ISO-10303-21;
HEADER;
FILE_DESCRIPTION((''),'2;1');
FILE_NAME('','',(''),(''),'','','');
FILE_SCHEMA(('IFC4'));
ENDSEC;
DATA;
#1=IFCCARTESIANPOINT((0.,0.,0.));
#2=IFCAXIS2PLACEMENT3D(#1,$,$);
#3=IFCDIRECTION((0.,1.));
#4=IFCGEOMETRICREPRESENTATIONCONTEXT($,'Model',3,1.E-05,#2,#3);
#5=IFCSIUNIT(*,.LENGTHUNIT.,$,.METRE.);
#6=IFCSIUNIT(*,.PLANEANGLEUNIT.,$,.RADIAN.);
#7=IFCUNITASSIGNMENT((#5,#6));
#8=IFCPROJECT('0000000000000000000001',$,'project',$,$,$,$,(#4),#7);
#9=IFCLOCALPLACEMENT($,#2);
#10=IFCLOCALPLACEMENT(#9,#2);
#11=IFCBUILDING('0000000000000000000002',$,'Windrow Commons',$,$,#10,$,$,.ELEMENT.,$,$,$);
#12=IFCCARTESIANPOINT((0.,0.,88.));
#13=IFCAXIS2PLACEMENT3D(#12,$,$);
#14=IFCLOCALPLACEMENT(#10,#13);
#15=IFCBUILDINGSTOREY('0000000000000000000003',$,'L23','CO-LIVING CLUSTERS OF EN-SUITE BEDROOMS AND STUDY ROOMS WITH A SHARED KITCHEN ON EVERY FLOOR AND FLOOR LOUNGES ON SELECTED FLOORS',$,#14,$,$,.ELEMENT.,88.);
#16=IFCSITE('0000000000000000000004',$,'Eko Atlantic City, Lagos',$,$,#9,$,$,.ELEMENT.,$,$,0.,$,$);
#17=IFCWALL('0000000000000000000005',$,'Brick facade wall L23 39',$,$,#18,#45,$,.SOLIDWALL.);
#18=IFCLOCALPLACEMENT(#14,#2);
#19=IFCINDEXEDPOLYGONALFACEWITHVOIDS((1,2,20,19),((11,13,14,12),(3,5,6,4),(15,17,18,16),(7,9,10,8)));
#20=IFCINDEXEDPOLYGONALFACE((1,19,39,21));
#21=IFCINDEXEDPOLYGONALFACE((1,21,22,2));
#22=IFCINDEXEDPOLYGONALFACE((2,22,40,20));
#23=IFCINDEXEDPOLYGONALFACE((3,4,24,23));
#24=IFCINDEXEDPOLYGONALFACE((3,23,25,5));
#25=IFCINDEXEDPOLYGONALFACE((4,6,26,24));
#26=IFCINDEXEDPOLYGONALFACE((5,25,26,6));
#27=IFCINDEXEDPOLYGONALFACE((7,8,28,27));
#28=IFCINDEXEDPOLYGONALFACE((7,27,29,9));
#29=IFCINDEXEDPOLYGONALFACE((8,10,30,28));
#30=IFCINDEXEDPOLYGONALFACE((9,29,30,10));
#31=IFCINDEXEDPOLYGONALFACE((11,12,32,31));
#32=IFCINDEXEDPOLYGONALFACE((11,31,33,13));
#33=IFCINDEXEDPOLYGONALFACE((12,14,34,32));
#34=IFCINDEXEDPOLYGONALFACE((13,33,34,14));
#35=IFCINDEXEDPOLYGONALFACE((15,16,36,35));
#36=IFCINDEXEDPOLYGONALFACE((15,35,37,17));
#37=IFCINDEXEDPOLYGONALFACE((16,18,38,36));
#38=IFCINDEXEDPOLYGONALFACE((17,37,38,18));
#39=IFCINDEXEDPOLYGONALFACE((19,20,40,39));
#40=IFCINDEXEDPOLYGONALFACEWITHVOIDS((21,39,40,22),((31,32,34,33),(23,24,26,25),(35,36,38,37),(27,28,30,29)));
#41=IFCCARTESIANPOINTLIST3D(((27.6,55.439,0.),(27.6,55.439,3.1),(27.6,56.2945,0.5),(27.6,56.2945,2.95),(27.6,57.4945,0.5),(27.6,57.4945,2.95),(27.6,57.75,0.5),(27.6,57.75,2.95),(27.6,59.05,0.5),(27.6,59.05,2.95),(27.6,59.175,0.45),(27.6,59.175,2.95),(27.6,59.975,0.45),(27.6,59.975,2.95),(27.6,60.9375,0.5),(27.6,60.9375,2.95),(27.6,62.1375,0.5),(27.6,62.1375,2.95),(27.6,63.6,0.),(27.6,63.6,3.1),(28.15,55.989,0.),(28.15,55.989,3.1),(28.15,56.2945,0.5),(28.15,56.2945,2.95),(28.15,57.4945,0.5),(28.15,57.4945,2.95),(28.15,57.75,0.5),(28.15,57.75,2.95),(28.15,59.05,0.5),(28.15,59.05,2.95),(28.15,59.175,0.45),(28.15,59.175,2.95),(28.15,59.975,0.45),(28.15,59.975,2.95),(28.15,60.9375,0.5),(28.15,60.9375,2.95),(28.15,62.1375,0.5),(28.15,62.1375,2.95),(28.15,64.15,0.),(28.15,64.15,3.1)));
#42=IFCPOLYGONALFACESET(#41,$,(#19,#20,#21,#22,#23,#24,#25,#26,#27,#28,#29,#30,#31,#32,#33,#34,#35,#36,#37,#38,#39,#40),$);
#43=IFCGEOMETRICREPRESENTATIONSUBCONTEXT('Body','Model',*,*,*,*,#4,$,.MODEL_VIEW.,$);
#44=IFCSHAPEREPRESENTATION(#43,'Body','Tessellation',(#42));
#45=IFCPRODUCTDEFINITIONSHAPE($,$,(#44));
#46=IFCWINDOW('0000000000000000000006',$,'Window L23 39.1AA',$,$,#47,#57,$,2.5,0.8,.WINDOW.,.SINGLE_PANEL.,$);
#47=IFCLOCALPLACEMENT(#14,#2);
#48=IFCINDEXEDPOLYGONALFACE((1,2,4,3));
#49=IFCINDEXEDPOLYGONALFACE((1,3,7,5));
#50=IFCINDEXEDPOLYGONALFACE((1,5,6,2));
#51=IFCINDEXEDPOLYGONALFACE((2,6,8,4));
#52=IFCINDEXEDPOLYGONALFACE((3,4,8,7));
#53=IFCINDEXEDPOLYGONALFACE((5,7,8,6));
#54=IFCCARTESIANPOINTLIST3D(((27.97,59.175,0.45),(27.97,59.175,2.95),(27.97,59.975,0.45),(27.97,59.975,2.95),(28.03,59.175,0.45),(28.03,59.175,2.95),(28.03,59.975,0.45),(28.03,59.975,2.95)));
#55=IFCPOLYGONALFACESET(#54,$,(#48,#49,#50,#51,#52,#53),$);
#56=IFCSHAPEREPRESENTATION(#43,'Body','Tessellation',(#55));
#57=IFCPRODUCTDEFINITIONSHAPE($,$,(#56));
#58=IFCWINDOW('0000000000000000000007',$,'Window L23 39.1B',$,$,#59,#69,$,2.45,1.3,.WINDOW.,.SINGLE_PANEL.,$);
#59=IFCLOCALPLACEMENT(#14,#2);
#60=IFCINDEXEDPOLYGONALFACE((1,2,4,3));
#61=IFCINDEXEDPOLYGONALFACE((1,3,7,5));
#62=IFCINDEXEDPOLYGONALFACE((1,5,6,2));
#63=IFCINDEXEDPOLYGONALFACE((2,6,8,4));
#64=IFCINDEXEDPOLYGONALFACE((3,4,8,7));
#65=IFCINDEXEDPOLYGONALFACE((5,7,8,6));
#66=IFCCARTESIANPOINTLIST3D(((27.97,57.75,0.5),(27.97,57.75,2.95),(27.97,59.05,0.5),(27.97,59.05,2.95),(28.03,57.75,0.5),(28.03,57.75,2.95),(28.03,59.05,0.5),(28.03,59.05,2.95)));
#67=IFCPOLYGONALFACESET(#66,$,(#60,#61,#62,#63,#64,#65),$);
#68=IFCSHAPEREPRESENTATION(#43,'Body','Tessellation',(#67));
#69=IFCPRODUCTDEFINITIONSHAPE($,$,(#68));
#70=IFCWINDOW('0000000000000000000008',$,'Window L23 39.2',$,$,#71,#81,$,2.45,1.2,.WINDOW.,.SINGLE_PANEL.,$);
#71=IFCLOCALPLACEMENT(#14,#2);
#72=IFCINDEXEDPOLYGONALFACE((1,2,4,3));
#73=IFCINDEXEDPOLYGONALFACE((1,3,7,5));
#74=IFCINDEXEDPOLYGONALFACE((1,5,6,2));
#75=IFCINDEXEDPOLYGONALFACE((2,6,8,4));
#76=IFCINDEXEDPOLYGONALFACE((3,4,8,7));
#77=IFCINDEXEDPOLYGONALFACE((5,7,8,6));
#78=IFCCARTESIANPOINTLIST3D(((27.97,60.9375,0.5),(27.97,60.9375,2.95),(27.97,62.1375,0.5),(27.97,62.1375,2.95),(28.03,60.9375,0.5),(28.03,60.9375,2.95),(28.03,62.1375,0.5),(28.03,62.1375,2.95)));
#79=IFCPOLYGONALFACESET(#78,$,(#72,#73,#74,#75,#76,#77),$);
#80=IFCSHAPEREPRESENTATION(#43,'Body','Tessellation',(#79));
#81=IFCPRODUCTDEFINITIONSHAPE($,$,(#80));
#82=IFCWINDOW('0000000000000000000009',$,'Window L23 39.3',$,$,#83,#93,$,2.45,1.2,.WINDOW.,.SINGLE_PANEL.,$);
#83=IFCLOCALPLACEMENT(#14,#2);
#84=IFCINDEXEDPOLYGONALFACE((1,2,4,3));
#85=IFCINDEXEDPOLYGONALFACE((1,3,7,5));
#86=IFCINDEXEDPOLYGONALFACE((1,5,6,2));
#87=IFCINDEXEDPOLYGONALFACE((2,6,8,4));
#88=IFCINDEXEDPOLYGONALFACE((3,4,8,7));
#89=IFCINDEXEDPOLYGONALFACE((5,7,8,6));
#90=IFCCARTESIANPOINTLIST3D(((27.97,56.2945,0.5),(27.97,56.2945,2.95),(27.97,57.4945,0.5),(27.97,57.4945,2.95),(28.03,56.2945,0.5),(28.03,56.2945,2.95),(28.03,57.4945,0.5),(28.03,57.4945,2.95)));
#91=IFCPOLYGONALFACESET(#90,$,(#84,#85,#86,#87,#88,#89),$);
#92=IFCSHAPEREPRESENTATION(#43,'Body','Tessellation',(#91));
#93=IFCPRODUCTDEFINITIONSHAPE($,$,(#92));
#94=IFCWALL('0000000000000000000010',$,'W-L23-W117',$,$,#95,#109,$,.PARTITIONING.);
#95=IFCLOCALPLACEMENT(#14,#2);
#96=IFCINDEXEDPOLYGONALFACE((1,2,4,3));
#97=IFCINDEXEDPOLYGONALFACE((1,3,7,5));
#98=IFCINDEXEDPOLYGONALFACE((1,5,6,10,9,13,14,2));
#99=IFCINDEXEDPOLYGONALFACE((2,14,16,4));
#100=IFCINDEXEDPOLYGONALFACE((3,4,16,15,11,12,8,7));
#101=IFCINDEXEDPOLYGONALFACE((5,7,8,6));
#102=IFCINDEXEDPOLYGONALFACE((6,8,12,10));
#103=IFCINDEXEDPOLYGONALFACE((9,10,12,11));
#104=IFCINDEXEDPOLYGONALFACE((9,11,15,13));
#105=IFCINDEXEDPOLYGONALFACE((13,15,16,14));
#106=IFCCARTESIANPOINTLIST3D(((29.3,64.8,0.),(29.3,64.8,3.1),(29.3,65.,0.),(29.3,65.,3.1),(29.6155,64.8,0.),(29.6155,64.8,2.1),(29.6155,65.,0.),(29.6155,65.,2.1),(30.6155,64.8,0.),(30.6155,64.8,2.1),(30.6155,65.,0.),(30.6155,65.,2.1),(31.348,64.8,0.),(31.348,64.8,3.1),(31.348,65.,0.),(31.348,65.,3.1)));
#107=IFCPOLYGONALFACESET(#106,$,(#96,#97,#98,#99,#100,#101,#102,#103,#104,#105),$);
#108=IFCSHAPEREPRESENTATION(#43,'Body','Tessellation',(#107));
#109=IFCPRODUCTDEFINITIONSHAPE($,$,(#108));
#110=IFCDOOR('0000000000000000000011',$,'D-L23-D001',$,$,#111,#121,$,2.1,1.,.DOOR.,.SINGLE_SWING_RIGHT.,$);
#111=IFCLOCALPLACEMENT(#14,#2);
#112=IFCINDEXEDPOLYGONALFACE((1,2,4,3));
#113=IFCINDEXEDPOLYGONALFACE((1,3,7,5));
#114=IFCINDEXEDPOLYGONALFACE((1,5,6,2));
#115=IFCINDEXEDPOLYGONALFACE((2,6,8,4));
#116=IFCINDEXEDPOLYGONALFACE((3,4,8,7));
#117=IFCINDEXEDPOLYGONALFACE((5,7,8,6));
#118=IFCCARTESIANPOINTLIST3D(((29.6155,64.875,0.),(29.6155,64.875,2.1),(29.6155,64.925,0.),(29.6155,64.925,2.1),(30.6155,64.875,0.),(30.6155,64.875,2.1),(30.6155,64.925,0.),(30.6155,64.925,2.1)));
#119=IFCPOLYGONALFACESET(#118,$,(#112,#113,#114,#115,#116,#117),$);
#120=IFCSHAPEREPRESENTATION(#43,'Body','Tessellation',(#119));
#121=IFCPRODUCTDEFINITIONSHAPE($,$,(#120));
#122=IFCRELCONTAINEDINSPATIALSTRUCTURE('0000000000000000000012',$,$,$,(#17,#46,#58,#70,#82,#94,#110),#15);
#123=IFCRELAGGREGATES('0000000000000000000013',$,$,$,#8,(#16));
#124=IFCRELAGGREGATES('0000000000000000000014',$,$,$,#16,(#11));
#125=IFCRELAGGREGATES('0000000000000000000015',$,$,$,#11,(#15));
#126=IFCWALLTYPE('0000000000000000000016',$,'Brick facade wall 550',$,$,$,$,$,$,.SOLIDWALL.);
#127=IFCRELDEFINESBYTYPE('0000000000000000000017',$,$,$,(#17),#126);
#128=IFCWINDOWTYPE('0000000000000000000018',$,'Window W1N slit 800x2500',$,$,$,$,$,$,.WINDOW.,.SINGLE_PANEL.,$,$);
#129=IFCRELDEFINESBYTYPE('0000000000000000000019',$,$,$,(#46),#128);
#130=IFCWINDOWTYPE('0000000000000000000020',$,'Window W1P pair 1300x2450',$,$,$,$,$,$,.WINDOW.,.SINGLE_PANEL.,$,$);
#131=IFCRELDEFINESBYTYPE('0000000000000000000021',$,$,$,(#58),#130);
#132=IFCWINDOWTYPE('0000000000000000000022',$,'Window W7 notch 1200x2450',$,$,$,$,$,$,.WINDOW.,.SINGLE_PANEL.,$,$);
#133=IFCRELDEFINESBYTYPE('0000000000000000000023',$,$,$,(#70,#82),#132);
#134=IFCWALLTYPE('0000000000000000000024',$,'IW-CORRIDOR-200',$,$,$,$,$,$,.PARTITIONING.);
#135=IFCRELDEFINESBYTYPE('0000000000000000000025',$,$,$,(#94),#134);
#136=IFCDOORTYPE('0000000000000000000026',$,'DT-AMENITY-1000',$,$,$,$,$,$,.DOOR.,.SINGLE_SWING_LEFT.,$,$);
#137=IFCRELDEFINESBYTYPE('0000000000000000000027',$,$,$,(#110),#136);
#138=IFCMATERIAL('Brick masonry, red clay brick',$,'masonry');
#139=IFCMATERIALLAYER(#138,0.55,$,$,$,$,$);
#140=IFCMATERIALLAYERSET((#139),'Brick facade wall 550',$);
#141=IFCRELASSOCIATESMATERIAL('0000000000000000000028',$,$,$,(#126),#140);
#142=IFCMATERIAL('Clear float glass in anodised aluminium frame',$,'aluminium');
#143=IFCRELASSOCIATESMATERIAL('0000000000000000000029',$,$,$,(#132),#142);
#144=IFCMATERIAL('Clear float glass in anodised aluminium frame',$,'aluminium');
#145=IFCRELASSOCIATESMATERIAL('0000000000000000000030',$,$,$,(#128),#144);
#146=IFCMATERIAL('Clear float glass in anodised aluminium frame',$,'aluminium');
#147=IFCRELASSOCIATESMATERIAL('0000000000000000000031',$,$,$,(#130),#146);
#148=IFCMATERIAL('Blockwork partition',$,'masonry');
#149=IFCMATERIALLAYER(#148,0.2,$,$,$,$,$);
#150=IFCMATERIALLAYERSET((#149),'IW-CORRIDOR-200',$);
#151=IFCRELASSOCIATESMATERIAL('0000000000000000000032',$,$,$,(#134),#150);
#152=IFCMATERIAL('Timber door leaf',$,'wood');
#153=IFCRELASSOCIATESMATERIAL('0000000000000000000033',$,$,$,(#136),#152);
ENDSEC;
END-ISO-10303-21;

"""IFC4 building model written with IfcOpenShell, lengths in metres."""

from ifc_helpers import new_model, si_unit, direction, frame, frame_2d, origin, place, context, subcontext, project, spatial, polyline, rectangle, outline, extrude, material, layer, layer_set, type_object, element, fill, save


model = new_model("IFC4")

# Units and contexts
model_context = context("Model", 3, precision=1e-05, world=origin(), true_north=direction((0.0, 1.0)))
body_context = subcontext(model_context, "Body", "Model", "MODEL_VIEW")
ifc_project = project(units=[si_unit("LENGTHUNIT", "METRE"), si_unit("PLANEANGLEUNIT", "RADIAN")], contexts=[model_context])

# Site, building, storey
site_placement = place(None, origin())
site = spatial("IfcSite", under=ifc_project, at=site_placement, Name="Eko Atlantic City, Lagos", CompositionType="ELEMENT", RefElevation=0.0)
building_placement = place(site_placement, origin())
building = spatial("IfcBuilding", under=site, at=building_placement, Name="Windrow Commons", CompositionType="ELEMENT")
storey_placement = place(building_placement, frame((0.0, 0.0, 88.0)))
storey = spatial("IfcBuildingStorey", under=building, at=storey_placement, Name="L23", Description="CO-LIVING CLUSTERS OF EN-SUITE BEDROOMS AND STUDY ROOMS WITH A SHARED KITCHEN ON EVERY FLOOR AND FLOOR LOUNGES ON SELECTED FLOORS", CompositionType="ELEMENT", Elevation=88.0)

# Wall, openings, windows
ifc_material_1 = material(Name="Brick masonry, red clay brick", Category="masonry")
ifc_layer_1 = layer(ifc_material_1, 0.55)
ifc_layer_set_1 = layer_set([ifc_layer_1], Name="Brick facade wall 550")
wall_type_1 = type_object("IfcWallType", Name="Brick facade wall 550", PredefinedType="SOLIDWALL", material=ifc_layer_set_1)
ifc_material_2 = material(Name="Clear float glass in anodised aluminium frame", Category="aluminium")
window_type_1 = type_object("IfcWindowType", Name="Window W7 notch 1200x2450", PartitioningType="SINGLE_PANEL", PredefinedType="WINDOW", material=ifc_material_2)
wall_1_placement = place(storey_placement, frame((27.875, 63.875, 0.0), z_axis=(0.0, 0.0, 1.0), x_axis=(0.0, -1.0, 0.0)))
wall_1 = element("IfcWall", 1, at=wall_1_placement, inside=storey, type_object=wall_type_1, Name="Brick facade wall L23 39", PredefinedType="SOLIDWALL", context=body_context, shape_type="SweptSolid", body=[
    extrude(outline(polyline([(0.275, -0.275), (8.436, -0.275), (7.886, 0.275), (-0.275, 0.275), (0.275, -0.275)])), origin(), (0.0, 0.0, 1.0), 3.1),
])
opening_1_placement = place(wall_1_placement, frame((4.825, 0.0, 0.5)))
opening_1 = element("IfcOpeningElement", 2, at=opening_1_placement, cuts=wall_1, PredefinedType="OPENING", context=body_context, shape_type="SweptSolid", body=[
    extrude(rectangle(XDim=1.3, YDim=2.45, at=frame_2d((0.65, 1.225))), frame((0.0, 0.285, 0.0), z_axis=(0.0, -1.0, 0.0), x_axis=(1.0, 0.0, 0.0)), (0.0, 0.0, 1.0), 0.57),
])
opening_2_placement = place(wall_1_placement, frame((1.7375, 0.0, 0.5)))
opening_2 = element("IfcOpeningElement", 3, at=opening_2_placement, cuts=wall_1, PredefinedType="OPENING", context=body_context, shape_type="SweptSolid", body=[
    extrude(rectangle(XDim=1.2, YDim=2.45, at=frame_2d((0.6, 1.225))), frame((0.0, 0.285, 0.0), z_axis=(0.0, -1.0, 0.0), x_axis=(1.0, 0.0, 0.0)), (0.0, 0.0, 1.0), 0.57),
])
opening_3_placement = place(wall_1_placement, frame((6.3805, 0.0, 0.5)))
opening_3 = element("IfcOpeningElement", 4, at=opening_3_placement, cuts=wall_1, PredefinedType="OPENING", context=body_context, shape_type="SweptSolid", body=[
    extrude(rectangle(XDim=1.2, YDim=2.45, at=frame_2d((0.6, 1.225))), frame((0.0, 0.285, 0.0), z_axis=(0.0, -1.0, 0.0), x_axis=(1.0, 0.0, 0.0)), (0.0, 0.0, 1.0), 0.57),
])
opening_4_placement = place(wall_1_placement, frame((3.9, 0.0, 0.45)))
opening_4 = element("IfcOpeningElement", 5, at=opening_4_placement, cuts=wall_1, PredefinedType="OPENING", context=body_context, shape_type="SweptSolid", body=[
    extrude(rectangle(XDim=0.8, YDim=2.5, at=frame_2d((0.4, 1.25))), frame((0.0, 0.285, 0.0), z_axis=(0.0, -1.0, 0.0), x_axis=(1.0, 0.0, 0.0)), (0.0, 0.0, 1.0), 0.57),
])
ifc_material_3 = material(Name="Clear float glass in anodised aluminium frame", Category="aluminium")
window_type_2 = type_object("IfcWindowType", Name="Window W1N slit 800x2500", PartitioningType="SINGLE_PANEL", PredefinedType="WINDOW", material=ifc_material_3)
window_1_placement = place(opening_4_placement, origin())
window_1 = element("IfcWindow", 6, at=window_1_placement, inside=storey, type_object=window_type_2, Name="Window L23 39.1AA", OverallHeight=2.5, OverallWidth=0.8, PartitioningType="SINGLE_PANEL", PredefinedType="WINDOW", context=body_context, shape_type="SweptSolid", body=[
    extrude(rectangle(XDim=0.8, YDim=2.5, at=frame_2d((0.4, 1.25))), frame((0.0, 0.155, 0.0), z_axis=(0.0, -1.0, 0.0), x_axis=(1.0, 0.0, 0.0)), (0.0, 0.0, 1.0), 0.06),
])
fill(opening_4, window_1)
ifc_material_4 = material(Name="Clear float glass in anodised aluminium frame", Category="aluminium")
window_type_3 = type_object("IfcWindowType", Name="Window W1P pair 1300x2450", PartitioningType="SINGLE_PANEL", PredefinedType="WINDOW", material=ifc_material_4)
window_2_placement = place(opening_1_placement, origin())
window_2 = element("IfcWindow", 7, at=window_2_placement, inside=storey, type_object=window_type_3, Name="Window L23 39.1B", OverallHeight=2.45, OverallWidth=1.3, PartitioningType="SINGLE_PANEL", PredefinedType="WINDOW", context=body_context, shape_type="SweptSolid", body=[
    extrude(rectangle(XDim=1.3, YDim=2.45, at=frame_2d((0.65, 1.225))), frame((0.0, 0.155, 0.0), z_axis=(0.0, -1.0, 0.0), x_axis=(1.0, 0.0, 0.0)), (0.0, 0.0, 1.0), 0.06),
])
fill(opening_1, window_2)
window_3_placement = place(opening_2_placement, origin())
window_3 = element("IfcWindow", 8, at=window_3_placement, inside=storey, type_object=window_type_1, Name="Window L23 39.2", OverallHeight=2.45, OverallWidth=1.2, PartitioningType="SINGLE_PANEL", PredefinedType="WINDOW", context=body_context, shape_type="SweptSolid", body=[
    extrude(rectangle(XDim=1.2, YDim=2.45, at=frame_2d((0.6, 1.225))), frame((0.0, 0.155, 0.0), z_axis=(0.0, -1.0, 0.0), x_axis=(1.0, 0.0, 0.0)), (0.0, 0.0, 1.0), 0.06),
])
fill(opening_2, window_3)
window_4_placement = place(opening_3_placement, origin())
window_4 = element("IfcWindow", 9, at=window_4_placement, inside=storey, type_object=window_type_1, Name="Window L23 39.3", OverallHeight=2.45, OverallWidth=1.2, PartitioningType="SINGLE_PANEL", PredefinedType="WINDOW", context=body_context, shape_type="SweptSolid", body=[
    extrude(rectangle(XDim=1.2, YDim=2.45, at=frame_2d((0.6, 1.225))), frame((0.0, 0.155, 0.0), z_axis=(0.0, -1.0, 0.0), x_axis=(1.0, 0.0, 0.0)), (0.0, 0.0, 1.0), 0.06),
])
fill(opening_3, window_4)

# Wall, opening, door
ifc_material_5 = material(Name="Blockwork partition", Category="masonry")
ifc_layer_2 = layer(ifc_material_5, 0.2)
ifc_layer_set_2 = layer_set([ifc_layer_2], Name="IW-CORRIDOR-200")
wall_type_2 = type_object("IfcWallType", Name="IW-CORRIDOR-200", PredefinedType="PARTITIONING", material=ifc_layer_set_2)
wall_2_placement = place(storey_placement, frame((29.3, 64.9, 0.0), z_axis=(0.0, 0.0, 1.0), x_axis=(1.0, 0.0, 0.0)))
wall_2 = element("IfcWall", 10, at=wall_2_placement, inside=storey, type_object=wall_type_2, Name="W-L23-W117", PredefinedType="PARTITIONING", context=body_context, shape_type="SweptSolid", body=[
    extrude(rectangle(XDim=2.048, YDim=0.2, at=frame_2d((1.024, 0.0))), origin(), (0.0, 0.0, 1.0), 3.1),
])
opening_5_placement = place(wall_2_placement, frame((0.3155, 0.0, 0.0)))
opening_5 = element("IfcOpeningElement", 11, at=opening_5_placement, cuts=wall_2, PredefinedType="OPENING", context=body_context, shape_type="SweptSolid", body=[
    extrude(rectangle(XDim=1.0, YDim=2.1, at=frame_2d((0.5, 1.05))), frame((0.0, 0.11, 0.0), z_axis=(0.0, -1.0, 0.0), x_axis=(1.0, 0.0, 0.0)), (0.0, 0.0, 1.0), 0.22),
])
ifc_material_6 = material(Name="Timber door leaf", Category="wood")
door_type_1 = type_object("IfcDoorType", Name="DT-AMENITY-1000", OperationType="SINGLE_SWING_LEFT", PredefinedType="DOOR", material=ifc_material_6)
door_1_placement = place(opening_5_placement, origin())
door_1 = element("IfcDoor", 12, at=door_1_placement, inside=storey, type_object=door_type_1, Name="D-L23-D001", OperationType="SINGLE_SWING_RIGHT", OverallHeight=2.1, OverallWidth=1.0, PredefinedType="DOOR", context=body_context, shape_type="SweptSolid", body=[
    extrude(rectangle(XDim=1.0, YDim=2.1, at=frame_2d((0.5, 1.05))), frame((0.0, 0.025, 0.0), z_axis=(0.0, -1.0, 0.0), x_axis=(1.0, 0.0, 0.0)), (0.0, 0.0, 1.0), 0.05),
])
fill(opening_5, door_1)

save(model, "model.ifc")
